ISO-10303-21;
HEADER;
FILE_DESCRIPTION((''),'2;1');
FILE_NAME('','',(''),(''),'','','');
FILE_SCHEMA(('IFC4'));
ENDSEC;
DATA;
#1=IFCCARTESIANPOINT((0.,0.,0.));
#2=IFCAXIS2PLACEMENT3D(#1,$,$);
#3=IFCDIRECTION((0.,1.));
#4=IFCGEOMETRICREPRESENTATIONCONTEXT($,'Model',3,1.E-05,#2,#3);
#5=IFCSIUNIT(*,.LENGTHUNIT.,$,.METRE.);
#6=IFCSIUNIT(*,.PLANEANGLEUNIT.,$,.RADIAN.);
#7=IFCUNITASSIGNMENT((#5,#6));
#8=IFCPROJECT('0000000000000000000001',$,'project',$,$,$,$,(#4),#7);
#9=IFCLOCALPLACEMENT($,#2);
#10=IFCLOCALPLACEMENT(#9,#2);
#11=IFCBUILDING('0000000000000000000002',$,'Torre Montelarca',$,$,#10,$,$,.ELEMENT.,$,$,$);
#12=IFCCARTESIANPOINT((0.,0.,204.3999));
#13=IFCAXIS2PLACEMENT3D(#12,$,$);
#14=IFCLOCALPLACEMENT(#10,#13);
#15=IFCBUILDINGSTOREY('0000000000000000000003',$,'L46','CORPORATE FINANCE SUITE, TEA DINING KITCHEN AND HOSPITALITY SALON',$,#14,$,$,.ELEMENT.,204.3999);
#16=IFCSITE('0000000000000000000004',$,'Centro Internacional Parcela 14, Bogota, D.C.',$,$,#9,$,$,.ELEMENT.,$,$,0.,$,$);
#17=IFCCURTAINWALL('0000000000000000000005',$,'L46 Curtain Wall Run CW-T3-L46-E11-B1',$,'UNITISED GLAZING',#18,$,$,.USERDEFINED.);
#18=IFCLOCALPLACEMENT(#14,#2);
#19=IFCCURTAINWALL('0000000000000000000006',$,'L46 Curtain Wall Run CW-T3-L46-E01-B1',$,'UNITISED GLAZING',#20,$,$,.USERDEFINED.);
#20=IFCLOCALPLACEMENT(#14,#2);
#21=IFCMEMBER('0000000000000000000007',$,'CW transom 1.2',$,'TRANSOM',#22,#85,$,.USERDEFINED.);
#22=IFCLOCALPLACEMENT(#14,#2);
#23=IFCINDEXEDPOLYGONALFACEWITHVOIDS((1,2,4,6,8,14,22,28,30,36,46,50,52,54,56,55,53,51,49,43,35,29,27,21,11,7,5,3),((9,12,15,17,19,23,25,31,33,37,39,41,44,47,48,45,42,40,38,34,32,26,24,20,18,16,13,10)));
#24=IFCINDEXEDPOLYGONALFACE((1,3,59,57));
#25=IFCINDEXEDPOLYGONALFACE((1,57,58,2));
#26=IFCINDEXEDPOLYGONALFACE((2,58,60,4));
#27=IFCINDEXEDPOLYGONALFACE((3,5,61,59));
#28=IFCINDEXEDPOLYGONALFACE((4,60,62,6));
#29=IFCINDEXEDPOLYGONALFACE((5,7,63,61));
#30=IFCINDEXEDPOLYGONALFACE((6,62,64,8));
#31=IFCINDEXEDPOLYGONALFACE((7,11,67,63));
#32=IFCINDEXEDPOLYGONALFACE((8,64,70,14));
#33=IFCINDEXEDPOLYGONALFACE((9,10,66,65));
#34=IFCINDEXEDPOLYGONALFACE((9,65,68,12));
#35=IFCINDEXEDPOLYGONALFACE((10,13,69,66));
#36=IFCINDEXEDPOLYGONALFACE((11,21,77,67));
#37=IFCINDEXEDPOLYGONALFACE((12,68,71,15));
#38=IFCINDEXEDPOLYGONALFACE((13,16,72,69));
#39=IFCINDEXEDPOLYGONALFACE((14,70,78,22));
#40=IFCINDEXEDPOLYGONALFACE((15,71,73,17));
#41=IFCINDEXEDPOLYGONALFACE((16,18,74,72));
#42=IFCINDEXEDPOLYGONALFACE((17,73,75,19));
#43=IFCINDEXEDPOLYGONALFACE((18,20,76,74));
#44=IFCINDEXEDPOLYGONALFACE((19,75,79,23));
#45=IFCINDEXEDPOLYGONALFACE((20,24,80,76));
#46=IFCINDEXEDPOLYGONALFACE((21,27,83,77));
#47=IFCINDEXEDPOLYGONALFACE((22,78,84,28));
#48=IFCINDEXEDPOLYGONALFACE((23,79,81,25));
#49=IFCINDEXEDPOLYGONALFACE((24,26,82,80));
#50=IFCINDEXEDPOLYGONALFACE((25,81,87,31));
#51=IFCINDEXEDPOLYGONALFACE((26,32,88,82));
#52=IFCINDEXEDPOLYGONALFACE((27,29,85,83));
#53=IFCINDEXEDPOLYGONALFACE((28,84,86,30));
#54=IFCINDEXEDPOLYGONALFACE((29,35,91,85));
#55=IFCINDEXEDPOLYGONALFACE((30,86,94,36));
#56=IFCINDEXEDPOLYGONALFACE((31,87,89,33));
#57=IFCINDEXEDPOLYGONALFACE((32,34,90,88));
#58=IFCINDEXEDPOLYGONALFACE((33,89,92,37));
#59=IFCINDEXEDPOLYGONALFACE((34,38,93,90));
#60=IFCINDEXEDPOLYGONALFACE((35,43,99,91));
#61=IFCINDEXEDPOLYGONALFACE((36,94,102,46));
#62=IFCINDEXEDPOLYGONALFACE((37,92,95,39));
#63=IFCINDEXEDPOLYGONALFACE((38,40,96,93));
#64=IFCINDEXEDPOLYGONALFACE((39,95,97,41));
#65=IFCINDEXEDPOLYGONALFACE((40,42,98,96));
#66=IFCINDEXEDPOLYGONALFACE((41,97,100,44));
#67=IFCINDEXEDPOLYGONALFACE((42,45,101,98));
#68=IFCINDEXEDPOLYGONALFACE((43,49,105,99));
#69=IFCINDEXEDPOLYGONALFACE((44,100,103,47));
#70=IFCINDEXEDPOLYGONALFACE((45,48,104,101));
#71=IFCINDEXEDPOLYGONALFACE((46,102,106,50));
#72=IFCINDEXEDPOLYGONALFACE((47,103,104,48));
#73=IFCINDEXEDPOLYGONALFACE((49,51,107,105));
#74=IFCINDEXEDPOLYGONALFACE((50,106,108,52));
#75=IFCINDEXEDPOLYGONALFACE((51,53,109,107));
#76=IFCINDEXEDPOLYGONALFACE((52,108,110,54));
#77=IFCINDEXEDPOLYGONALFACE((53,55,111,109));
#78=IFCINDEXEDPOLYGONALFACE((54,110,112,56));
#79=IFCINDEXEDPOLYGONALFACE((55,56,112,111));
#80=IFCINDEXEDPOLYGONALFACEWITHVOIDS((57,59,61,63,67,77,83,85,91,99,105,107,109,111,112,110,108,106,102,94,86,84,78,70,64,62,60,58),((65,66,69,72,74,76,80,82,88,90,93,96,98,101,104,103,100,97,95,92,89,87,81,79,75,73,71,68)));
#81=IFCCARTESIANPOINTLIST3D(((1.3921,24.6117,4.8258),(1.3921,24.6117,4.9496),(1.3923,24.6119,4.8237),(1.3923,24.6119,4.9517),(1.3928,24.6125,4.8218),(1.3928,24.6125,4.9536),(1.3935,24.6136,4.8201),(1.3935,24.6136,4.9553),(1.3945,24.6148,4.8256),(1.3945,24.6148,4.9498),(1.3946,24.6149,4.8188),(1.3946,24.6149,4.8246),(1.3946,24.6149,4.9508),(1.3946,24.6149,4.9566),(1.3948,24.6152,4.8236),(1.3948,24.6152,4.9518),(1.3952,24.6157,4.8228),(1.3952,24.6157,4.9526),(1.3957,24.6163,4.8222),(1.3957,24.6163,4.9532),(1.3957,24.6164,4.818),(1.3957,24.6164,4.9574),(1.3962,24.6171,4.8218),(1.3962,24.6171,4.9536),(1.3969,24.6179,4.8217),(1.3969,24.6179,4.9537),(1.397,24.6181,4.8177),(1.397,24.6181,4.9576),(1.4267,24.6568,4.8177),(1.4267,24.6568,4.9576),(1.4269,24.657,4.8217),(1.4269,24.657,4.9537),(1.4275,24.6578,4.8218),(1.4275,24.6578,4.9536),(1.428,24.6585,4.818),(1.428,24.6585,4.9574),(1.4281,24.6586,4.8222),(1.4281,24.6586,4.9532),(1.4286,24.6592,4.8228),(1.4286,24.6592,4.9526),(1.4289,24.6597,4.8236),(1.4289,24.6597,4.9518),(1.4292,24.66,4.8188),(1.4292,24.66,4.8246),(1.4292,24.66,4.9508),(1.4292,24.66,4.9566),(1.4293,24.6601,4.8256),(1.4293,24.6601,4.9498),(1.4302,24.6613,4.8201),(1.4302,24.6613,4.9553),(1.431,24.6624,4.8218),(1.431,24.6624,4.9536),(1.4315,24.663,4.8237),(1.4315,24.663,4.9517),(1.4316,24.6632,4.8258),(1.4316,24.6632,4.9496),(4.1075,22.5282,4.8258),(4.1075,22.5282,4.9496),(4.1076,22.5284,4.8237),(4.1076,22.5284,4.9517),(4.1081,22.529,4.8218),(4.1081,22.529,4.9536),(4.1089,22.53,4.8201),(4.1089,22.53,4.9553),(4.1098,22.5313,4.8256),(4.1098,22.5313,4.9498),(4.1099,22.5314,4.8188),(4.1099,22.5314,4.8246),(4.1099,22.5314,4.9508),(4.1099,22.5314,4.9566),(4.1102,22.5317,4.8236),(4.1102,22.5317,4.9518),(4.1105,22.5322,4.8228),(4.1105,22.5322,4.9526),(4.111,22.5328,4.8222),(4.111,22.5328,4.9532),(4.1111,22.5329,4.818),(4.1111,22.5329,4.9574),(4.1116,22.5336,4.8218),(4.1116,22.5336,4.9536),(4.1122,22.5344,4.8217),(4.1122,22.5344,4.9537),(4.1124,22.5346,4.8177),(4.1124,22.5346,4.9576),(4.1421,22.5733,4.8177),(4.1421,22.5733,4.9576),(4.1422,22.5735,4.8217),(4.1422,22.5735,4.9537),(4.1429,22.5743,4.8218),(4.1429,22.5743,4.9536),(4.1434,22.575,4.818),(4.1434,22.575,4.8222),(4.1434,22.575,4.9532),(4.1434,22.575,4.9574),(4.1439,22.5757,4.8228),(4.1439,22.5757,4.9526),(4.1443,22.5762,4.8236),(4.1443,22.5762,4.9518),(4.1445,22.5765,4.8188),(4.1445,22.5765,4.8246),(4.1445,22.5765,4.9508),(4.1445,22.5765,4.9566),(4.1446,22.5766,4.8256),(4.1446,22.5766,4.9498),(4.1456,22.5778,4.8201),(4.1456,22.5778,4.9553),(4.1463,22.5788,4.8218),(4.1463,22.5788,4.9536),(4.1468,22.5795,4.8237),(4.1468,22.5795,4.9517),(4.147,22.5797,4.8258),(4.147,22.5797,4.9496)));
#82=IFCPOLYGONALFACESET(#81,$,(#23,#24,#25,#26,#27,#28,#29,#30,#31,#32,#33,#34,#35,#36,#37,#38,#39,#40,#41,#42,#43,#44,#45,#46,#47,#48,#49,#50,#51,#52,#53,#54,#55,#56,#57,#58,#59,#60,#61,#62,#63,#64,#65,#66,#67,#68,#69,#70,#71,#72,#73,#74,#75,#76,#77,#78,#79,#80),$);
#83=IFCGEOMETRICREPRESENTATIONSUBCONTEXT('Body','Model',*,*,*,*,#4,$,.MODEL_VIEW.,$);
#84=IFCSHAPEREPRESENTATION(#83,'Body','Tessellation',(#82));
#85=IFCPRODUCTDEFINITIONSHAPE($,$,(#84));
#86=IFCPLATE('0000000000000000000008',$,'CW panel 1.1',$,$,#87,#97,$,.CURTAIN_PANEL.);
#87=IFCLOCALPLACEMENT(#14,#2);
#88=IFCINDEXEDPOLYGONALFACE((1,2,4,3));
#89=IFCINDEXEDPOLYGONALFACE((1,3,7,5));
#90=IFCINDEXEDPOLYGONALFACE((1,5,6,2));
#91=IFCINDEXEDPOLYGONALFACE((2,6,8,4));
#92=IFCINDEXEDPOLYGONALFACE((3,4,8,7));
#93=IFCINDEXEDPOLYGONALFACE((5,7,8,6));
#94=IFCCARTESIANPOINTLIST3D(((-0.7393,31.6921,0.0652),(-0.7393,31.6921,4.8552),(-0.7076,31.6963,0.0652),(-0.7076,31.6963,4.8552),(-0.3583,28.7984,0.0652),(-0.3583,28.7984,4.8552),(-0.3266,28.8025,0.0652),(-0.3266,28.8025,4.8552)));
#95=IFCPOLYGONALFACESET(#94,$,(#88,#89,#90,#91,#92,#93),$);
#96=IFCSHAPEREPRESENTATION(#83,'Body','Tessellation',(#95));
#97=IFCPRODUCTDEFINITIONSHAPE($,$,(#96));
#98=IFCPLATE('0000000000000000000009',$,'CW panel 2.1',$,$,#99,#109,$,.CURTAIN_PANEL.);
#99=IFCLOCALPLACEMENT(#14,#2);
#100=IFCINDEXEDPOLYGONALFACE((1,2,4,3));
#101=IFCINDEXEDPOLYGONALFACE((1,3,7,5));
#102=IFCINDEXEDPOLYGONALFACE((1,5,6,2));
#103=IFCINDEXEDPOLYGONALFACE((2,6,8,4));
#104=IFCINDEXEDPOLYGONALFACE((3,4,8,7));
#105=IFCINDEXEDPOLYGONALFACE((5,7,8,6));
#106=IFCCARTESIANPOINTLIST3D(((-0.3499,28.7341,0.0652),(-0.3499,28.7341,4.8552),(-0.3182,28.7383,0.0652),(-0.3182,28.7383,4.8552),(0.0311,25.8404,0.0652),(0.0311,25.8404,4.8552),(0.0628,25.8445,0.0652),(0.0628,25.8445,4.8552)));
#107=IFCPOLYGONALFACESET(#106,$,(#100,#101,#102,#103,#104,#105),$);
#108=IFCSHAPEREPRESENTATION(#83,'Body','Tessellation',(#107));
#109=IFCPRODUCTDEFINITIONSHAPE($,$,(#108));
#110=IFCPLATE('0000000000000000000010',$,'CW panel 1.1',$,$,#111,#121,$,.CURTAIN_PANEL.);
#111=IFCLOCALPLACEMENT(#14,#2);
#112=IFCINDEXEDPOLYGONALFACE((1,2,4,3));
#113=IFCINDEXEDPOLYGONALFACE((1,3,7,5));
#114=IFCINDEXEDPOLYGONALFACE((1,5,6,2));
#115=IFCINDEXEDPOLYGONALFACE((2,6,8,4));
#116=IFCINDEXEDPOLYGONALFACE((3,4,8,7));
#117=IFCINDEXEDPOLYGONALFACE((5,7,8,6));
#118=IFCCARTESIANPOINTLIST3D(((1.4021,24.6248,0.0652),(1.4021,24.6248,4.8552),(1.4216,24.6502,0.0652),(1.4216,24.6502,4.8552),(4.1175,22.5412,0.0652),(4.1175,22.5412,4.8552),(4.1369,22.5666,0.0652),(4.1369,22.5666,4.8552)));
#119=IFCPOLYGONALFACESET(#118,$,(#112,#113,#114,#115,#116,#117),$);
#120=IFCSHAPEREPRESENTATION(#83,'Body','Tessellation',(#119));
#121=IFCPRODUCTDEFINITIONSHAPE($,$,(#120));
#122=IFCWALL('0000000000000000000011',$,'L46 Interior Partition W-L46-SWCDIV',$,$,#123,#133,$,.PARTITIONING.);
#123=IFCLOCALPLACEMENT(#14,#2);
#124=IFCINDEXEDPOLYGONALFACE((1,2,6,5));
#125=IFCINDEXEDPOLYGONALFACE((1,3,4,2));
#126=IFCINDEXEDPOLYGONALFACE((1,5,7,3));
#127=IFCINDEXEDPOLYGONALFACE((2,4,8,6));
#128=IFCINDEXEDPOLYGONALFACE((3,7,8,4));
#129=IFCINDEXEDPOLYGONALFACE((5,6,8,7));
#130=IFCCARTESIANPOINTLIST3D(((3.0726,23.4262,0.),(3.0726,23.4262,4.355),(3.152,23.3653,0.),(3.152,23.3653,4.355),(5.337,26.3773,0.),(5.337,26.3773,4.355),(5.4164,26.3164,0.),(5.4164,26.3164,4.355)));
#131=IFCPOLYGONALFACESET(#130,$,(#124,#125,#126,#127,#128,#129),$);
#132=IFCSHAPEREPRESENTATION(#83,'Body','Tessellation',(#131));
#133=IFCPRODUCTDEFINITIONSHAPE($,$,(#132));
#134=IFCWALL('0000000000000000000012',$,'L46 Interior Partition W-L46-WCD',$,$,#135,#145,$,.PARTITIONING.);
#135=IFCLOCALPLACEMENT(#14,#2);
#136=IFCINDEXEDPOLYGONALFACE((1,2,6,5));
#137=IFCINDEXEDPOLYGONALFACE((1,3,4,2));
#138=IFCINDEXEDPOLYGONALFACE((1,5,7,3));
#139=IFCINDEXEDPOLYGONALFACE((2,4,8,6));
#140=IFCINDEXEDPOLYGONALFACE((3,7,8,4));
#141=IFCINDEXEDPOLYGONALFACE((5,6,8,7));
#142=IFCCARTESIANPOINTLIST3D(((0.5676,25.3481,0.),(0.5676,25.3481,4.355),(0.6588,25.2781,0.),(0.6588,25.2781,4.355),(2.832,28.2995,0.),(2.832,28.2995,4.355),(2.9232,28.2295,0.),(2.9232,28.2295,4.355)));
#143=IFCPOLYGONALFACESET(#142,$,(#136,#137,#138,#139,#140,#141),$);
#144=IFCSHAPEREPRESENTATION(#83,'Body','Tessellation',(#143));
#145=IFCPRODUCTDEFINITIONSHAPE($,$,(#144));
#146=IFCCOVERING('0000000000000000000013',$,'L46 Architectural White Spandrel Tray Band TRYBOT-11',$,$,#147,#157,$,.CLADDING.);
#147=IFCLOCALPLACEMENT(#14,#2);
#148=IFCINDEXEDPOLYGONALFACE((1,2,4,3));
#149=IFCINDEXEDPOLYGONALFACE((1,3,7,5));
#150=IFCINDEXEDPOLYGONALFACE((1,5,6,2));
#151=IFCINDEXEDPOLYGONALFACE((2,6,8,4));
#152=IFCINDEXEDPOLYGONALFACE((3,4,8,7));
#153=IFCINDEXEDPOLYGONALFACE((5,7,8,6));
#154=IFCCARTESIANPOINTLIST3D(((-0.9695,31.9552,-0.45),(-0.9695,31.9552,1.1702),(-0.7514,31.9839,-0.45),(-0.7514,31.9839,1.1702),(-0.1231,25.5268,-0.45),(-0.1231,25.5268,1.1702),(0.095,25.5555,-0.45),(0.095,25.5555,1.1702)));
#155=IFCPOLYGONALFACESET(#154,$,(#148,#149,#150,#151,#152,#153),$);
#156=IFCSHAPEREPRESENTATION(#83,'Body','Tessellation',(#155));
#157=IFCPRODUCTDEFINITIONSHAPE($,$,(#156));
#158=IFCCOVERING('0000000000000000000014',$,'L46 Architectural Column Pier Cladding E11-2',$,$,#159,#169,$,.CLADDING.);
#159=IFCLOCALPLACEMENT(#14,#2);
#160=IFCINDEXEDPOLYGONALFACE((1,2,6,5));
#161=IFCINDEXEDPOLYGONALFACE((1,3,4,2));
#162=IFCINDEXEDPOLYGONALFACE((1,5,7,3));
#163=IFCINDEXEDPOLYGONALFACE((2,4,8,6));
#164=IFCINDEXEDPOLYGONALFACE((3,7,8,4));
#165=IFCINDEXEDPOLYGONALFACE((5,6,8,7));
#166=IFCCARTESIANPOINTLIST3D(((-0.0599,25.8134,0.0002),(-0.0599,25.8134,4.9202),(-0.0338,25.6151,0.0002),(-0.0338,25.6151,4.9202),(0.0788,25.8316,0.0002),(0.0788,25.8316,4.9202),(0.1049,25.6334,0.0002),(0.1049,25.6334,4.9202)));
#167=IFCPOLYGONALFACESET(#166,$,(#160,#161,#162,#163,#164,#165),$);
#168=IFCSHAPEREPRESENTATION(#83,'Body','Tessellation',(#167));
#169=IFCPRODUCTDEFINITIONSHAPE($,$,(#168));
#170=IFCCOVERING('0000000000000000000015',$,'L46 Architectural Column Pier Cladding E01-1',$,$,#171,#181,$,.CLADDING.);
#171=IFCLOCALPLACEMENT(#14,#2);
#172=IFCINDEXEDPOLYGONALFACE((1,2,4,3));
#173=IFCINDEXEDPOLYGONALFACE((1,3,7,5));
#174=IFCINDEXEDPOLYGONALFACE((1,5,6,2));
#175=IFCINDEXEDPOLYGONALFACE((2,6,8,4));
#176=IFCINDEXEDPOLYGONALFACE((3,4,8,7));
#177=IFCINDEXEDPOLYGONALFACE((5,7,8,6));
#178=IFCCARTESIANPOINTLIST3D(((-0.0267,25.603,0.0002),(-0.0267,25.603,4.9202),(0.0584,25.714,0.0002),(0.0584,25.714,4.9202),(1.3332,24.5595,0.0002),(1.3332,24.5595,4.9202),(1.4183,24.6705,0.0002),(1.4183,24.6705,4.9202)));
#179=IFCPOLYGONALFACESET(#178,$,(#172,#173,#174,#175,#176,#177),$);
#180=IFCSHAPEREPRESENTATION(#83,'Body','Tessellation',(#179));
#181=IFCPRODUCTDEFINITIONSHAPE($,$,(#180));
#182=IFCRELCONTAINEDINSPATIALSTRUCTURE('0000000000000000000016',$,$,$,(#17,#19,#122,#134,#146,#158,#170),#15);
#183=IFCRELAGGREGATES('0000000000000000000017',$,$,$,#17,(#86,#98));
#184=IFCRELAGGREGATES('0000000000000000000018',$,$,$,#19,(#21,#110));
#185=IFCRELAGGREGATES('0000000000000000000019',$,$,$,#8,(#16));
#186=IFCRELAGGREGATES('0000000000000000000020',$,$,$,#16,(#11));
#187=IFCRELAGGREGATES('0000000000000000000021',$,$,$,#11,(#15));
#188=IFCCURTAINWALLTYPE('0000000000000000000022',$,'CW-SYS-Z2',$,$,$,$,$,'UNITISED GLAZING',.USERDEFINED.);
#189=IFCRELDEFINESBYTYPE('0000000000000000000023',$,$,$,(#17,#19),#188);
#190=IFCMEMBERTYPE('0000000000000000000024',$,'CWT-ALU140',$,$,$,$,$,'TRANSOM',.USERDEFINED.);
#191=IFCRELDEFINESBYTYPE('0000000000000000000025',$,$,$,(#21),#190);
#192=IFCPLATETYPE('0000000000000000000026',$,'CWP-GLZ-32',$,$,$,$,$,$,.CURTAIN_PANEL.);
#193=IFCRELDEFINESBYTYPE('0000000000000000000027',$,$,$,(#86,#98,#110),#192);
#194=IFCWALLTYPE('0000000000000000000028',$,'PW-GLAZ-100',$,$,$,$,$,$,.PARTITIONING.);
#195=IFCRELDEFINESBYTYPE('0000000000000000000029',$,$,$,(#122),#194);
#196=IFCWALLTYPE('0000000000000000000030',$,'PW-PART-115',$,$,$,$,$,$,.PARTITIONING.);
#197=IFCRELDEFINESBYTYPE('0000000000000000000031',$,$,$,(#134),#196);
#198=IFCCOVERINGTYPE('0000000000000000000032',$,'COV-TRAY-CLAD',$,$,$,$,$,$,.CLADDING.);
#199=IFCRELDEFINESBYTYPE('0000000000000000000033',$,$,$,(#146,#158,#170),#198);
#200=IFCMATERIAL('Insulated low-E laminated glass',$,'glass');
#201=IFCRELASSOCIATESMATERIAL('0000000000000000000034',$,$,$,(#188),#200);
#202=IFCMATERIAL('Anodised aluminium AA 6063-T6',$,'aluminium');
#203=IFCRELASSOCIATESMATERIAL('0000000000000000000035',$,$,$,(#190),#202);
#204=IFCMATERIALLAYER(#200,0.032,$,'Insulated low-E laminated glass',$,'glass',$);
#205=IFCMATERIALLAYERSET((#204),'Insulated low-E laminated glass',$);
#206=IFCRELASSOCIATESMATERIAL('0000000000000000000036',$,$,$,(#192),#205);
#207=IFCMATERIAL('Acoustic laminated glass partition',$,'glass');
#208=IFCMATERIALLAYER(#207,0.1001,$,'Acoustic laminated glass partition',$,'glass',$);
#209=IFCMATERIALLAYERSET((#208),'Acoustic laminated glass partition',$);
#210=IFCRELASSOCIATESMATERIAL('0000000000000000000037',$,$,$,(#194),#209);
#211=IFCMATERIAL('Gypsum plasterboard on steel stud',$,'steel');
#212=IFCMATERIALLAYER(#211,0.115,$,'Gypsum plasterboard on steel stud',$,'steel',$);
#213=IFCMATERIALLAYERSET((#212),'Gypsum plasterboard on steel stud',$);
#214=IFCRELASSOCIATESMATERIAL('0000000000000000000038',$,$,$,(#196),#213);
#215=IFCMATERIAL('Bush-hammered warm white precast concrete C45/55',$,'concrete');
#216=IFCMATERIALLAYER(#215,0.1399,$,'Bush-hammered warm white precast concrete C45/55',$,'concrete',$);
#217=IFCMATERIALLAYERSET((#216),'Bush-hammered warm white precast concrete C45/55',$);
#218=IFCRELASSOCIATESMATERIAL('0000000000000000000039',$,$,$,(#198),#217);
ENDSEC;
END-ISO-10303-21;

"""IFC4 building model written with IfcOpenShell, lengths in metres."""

from ifc_helpers import new_model, si_unit, direction, frame, frame_2d, origin, origin_2d, place, context, subcontext, project, spatial, rectangle, hollow_rectangle, extrude, source, transform, mapped, material, layer, layer_set, material_profile, profile_set, type_object, element, aggregate, save


model = new_model("IFC4")

# Units and contexts
model_context = context("Model", 3, precision=1e-05, world=origin(), true_north=direction((0.0, 1.0)))
body_context = subcontext(model_context, "Body", "Model", "MODEL_VIEW")
ifc_project = project(units=[si_unit("LENGTHUNIT", "METRE"), si_unit("PLANEANGLEUNIT", "RADIAN")], contexts=[model_context])

# Site, building, storey
site_placement = place(None, origin())
site = spatial("IfcSite", under=ifc_project, at=site_placement, Name="Centro Internacional Parcela 14, Bogota, D.C.", CompositionType="ELEMENT", RefElevation=0.0)
building_placement = place(site_placement, origin())
building = spatial("IfcBuilding", under=site, at=building_placement, Name="Torre Montelarca", CompositionType="ELEMENT")
storey_placement = place(building_placement, frame((0.0, 0.0, 204.3999)))
storey = spatial("IfcBuildingStorey", under=building, at=storey_placement, Name="L46", Description="CORPORATE FINANCE SUITE, TEA DINING KITCHEN AND HOSPITALITY SALON", CompositionType="ELEMENT", Elevation=204.3999)

# Curtain wall
ifc_material_1 = material(Name="Insulated low-E laminated glass", Category="glass")
curtain_wall_type = type_object("IfcCurtainWallType", Name="CW-SYS-Z2", ElementType="UNITISED GLAZING", PredefinedType="USERDEFINED", material=ifc_material_1)
curtain_wall_1_placement = place(storey_placement, origin())
curtain_wall_1 = element("IfcCurtainWall", 1, at=curtain_wall_1_placement, inside=storey, type_object=curtain_wall_type, Name="L46 Curtain Wall Run CW-T3-L46-E11-B1", ObjectType="UNITISED GLAZING", PredefinedType="USERDEFINED")
ifc_material_2 = material(Name="Anodised aluminium AA 6063-T6", Category="aluminium")
ifc_material_profile_1 = material_profile(ifc_material_2, hollow_rectangle(XDim=0.0649, YDim=0.1399, WallThickness=0.0039, InnerFilletRadius=0.0039, OuterFilletRadius=0.0081, at=origin_2d()), Name="ALU65X140X4", Category="aluminium")
ifc_profile_set_1 = profile_set([ifc_material_profile_1], Name="Anodised aluminium AA 6063-T6")
member_type_1 = type_object("IfcMemberType", Name="CWT-ALU140", ElementType="TRANSOM", PredefinedType="USERDEFINED", material=ifc_profile_set_1)

# Curtain wall
curtain_wall_2_placement = place(storey_placement, origin())
curtain_wall_2 = element("IfcCurtainWall", 2, at=curtain_wall_2_placement, inside=storey, type_object=curtain_wall_type, Name="L46 Curtain Wall Run CW-T3-L46-E01-B1", ObjectType="UNITISED GLAZING", PredefinedType="USERDEFINED")

# Member
shared_shape_1 = source(origin(), body_context, "Body", "SweptSolid", [
    extrude(hollow_rectangle(XDim=0.0649, YDim=0.1399, WallThickness=0.0039, InnerFilletRadius=0.0039, OuterFilletRadius=0.0081, at=origin_2d()), origin(), (0.0, 0.0, 1.0), 3.4226),
])
member_1_placement = place(storey_placement, frame((1.4119, 24.6375, 4.8877), z_axis=(0.793361, -0.608752, 0.0), x_axis=(0.608752, 0.793361, 0.0)))
member_1 = element("IfcMember", 3, at=member_1_placement, type_object=member_type_1, Name="CW transom 1.2", ObjectType="TRANSOM", PredefinedType="USERDEFINED", context=body_context, shape_type="MappedRepresentation", body=[
    mapped(shared_shape_1, transform((0.0, 0.0, 0.0), scale=1.0)),
])

# Plates
ifc_layer_1 = layer(ifc_material_1, 0.032, Name="Insulated low-E laminated glass", Category="glass")
ifc_layer_set_1 = layer_set([ifc_layer_1], Name="Insulated low-E laminated glass")
plate_type = type_object("IfcPlateType", Name="CWP-GLZ-32", PredefinedType="CURTAIN_PANEL", material=ifc_layer_set_1)
shared_shape_2 = source(origin(), body_context, "Body", "SweptSolid", [
    extrude(rectangle(XDim=2.9187, YDim=0.032, at=origin_2d()), origin(), (0.0, 0.0, 1.0), 4.79),
])
plate_1_placement = place(storey_placement, frame((-0.533, 30.2473, 0.0652), z_axis=(0.0, 0.0, 1.0), x_axis=(0.130514, -0.991446, 0.0)))
plate_1 = element("IfcPlate", 4, at=plate_1_placement, type_object=plate_type, Name="CW panel 1.1", PredefinedType="CURTAIN_PANEL", context=body_context, shape_type="MappedRepresentation", body=[
    mapped(shared_shape_2, transform((0.0, 0.0, 0.0), scale=1.0)),
])
plate_2_placement = place(storey_placement, frame((-0.1436, 27.2893, 0.0652), z_axis=(0.0, 0.0, 1.0), x_axis=(0.130514, -0.991446, 0.0)))
plate_2 = element("IfcPlate", 5, at=plate_2_placement, type_object=plate_type, Name="CW panel 2.1", PredefinedType="CURTAIN_PANEL", context=body_context, shape_type="MappedRepresentation", body=[
    mapped(shared_shape_2, transform((0.0, 0.0, 0.0), scale=1.0)),
])
aggregate(curtain_wall_1, [plate_1, plate_2])
shared_shape_3 = source(origin(), body_context, "Body", "SweptSolid", [
    extrude(rectangle(XDim=3.4226, YDim=0.032, at=origin_2d()), origin(), (0.0, 0.0, 1.0), 4.79),
])
plate_3_placement = place(storey_placement, frame((2.7695, 23.5957, 0.0652), z_axis=(0.0, 0.0, 1.0), x_axis=(0.793352, -0.608764, 0.0)))
plate_3 = element("IfcPlate", 6, at=plate_3_placement, type_object=plate_type, Name="CW panel 1.1", PredefinedType="CURTAIN_PANEL", context=body_context, shape_type="MappedRepresentation", body=[
    mapped(shared_shape_3, transform((0.0, 0.0, 0.0), scale=1.0)),
])
aggregate(curtain_wall_2, [member_1, plate_3])

# Walls
ifc_material_3 = material(Name="Acoustic laminated glass partition", Category="glass")
ifc_layer_2 = layer(ifc_material_3, 0.1001, Name="Acoustic laminated glass partition", Category="glass")
ifc_layer_set_2 = layer_set([ifc_layer_2], Name="Acoustic laminated glass partition")
wall_type_1 = type_object("IfcWallType", Name="PW-GLAZ-100", PredefinedType="PARTITIONING", material=ifc_layer_set_2)
wall_1_placement = place(storey_placement, frame((3.1123, 23.3958, 0.0), z_axis=(0.0, 0.0, 1.0), x_axis=(0.608743, 0.793368, 0.0)))
element("IfcWall", 7, at=wall_1_placement, inside=storey, type_object=wall_type_1, Name="L46 Interior Partition W-L46-SWCDIV", PredefinedType="PARTITIONING", context=body_context, shape_type="SweptSolid", body=[
    extrude(rectangle(XDim=3.7197, YDim=0.1001, at=frame_2d((1.8599, 0.0))), origin(), (0.0, 0.0, 1.0), 4.355),
])
ifc_material_4 = material(Name="Gypsum plasterboard on steel stud", Category="steel")
ifc_layer_3 = layer(ifc_material_4, 0.115, Name="Gypsum plasterboard on steel stud", Category="steel")
ifc_layer_set_3 = layer_set([ifc_layer_3], Name="Gypsum plasterboard on steel stud")
wall_type_2 = type_object("IfcWallType", Name="PW-PART-115", PredefinedType="PARTITIONING", material=ifc_layer_set_3)
wall_2_placement = place(storey_placement, frame((0.6133, 25.3132, 0.0), z_axis=(0.0, 0.0, 1.0), x_axis=(0.608711, 0.793392, 0.0)))
element("IfcWall", 8, at=wall_2_placement, inside=storey, type_object=wall_type_2, Name="L46 Interior Partition W-L46-WCD", PredefinedType="PARTITIONING", context=body_context, shape_type="SweptSolid", body=[
    extrude(rectangle(XDim=3.72, YDim=0.115, at=frame_2d((1.8599, 0.0))), origin(), (0.0, 0.0, 1.0), 4.355),
])

# Coverings
ifc_material_5 = material(Name="Bush-hammered warm white precast concrete C45/55", Category="concrete")
ifc_layer_4 = layer(ifc_material_5, 0.1399, Name="Bush-hammered warm white precast concrete C45/55", Category="concrete")
ifc_layer_set_4 = layer_set([ifc_layer_4], Name="Bush-hammered warm white precast concrete C45/55")
covering_type = type_object("IfcCoveringType", Name="COV-TRAY-CLAD", PredefinedType="CLADDING", material=ifc_layer_set_4)
shared_shape_4 = source(origin(), body_context, "Body", "SweptSolid", [
    extrude(rectangle(XDim=6.4839, YDim=0.22, at=origin_2d()), origin(), (0.0, 0.0, 1.0), 1.6201),
])
covering_1_placement = place(storey_placement, frame((-0.4373, 28.7554, -0.45), z_axis=(0.0, 0.0, 1.0), x_axis=(0.130531, -0.991444, 0.0)))
element("IfcCovering", 9, at=covering_1_placement, inside=storey, type_object=covering_type, Name="L46 Architectural White Spandrel Tray Band TRYBOT-11", PredefinedType="CLADDING", context=body_context, shape_type="MappedRepresentation", body=[
    mapped(shared_shape_4, transform((0.0, 0.0, 0.0), scale=1.0)),
])
shared_shape_5 = source(origin(), body_context, "Body", "SweptSolid", [
    extrude(rectangle(XDim=0.2, YDim=0.1399, at=origin_2d()), origin(), (0.0, 0.0, 1.0), 4.9199),
])
covering_2_placement = place(storey_placement, frame((0.0225, 25.7234, 0.0002), z_axis=(0.0, 0.0, 1.0), x_axis=(0.130531, -0.991444, 0.0)))
element("IfcCovering", 10, at=covering_2_placement, inside=storey, type_object=covering_type, Name="L46 Architectural Column Pier Cladding E11-2", PredefinedType="CLADDING", context=body_context, shape_type="MappedRepresentation", body=[
    mapped(shared_shape_5, transform((0.0, 0.0, 0.0), scale=1.0)),
])
shared_shape_6 = source(origin(), body_context, "Body", "SweptSolid", [
    extrude(rectangle(XDim=1.7141, YDim=0.1399, at=origin_2d()), origin(), (0.0, 0.0, 1.0), 4.9199),
])
covering_3_placement = place(storey_placement, frame((0.6958, 25.1367, 0.0002), z_axis=(0.0, 0.0, 1.0), x_axis=(0.793352, -0.608763, 0.0)))
element("IfcCovering", 11, at=covering_3_placement, inside=storey, type_object=covering_type, Name="L46 Architectural Column Pier Cladding E01-1", PredefinedType="CLADDING", context=body_context, shape_type="MappedRepresentation", body=[
    mapped(shared_shape_6, transform((0.0, 0.0, 0.0), scale=1.0)),
])

save(model, "model.ifc")
